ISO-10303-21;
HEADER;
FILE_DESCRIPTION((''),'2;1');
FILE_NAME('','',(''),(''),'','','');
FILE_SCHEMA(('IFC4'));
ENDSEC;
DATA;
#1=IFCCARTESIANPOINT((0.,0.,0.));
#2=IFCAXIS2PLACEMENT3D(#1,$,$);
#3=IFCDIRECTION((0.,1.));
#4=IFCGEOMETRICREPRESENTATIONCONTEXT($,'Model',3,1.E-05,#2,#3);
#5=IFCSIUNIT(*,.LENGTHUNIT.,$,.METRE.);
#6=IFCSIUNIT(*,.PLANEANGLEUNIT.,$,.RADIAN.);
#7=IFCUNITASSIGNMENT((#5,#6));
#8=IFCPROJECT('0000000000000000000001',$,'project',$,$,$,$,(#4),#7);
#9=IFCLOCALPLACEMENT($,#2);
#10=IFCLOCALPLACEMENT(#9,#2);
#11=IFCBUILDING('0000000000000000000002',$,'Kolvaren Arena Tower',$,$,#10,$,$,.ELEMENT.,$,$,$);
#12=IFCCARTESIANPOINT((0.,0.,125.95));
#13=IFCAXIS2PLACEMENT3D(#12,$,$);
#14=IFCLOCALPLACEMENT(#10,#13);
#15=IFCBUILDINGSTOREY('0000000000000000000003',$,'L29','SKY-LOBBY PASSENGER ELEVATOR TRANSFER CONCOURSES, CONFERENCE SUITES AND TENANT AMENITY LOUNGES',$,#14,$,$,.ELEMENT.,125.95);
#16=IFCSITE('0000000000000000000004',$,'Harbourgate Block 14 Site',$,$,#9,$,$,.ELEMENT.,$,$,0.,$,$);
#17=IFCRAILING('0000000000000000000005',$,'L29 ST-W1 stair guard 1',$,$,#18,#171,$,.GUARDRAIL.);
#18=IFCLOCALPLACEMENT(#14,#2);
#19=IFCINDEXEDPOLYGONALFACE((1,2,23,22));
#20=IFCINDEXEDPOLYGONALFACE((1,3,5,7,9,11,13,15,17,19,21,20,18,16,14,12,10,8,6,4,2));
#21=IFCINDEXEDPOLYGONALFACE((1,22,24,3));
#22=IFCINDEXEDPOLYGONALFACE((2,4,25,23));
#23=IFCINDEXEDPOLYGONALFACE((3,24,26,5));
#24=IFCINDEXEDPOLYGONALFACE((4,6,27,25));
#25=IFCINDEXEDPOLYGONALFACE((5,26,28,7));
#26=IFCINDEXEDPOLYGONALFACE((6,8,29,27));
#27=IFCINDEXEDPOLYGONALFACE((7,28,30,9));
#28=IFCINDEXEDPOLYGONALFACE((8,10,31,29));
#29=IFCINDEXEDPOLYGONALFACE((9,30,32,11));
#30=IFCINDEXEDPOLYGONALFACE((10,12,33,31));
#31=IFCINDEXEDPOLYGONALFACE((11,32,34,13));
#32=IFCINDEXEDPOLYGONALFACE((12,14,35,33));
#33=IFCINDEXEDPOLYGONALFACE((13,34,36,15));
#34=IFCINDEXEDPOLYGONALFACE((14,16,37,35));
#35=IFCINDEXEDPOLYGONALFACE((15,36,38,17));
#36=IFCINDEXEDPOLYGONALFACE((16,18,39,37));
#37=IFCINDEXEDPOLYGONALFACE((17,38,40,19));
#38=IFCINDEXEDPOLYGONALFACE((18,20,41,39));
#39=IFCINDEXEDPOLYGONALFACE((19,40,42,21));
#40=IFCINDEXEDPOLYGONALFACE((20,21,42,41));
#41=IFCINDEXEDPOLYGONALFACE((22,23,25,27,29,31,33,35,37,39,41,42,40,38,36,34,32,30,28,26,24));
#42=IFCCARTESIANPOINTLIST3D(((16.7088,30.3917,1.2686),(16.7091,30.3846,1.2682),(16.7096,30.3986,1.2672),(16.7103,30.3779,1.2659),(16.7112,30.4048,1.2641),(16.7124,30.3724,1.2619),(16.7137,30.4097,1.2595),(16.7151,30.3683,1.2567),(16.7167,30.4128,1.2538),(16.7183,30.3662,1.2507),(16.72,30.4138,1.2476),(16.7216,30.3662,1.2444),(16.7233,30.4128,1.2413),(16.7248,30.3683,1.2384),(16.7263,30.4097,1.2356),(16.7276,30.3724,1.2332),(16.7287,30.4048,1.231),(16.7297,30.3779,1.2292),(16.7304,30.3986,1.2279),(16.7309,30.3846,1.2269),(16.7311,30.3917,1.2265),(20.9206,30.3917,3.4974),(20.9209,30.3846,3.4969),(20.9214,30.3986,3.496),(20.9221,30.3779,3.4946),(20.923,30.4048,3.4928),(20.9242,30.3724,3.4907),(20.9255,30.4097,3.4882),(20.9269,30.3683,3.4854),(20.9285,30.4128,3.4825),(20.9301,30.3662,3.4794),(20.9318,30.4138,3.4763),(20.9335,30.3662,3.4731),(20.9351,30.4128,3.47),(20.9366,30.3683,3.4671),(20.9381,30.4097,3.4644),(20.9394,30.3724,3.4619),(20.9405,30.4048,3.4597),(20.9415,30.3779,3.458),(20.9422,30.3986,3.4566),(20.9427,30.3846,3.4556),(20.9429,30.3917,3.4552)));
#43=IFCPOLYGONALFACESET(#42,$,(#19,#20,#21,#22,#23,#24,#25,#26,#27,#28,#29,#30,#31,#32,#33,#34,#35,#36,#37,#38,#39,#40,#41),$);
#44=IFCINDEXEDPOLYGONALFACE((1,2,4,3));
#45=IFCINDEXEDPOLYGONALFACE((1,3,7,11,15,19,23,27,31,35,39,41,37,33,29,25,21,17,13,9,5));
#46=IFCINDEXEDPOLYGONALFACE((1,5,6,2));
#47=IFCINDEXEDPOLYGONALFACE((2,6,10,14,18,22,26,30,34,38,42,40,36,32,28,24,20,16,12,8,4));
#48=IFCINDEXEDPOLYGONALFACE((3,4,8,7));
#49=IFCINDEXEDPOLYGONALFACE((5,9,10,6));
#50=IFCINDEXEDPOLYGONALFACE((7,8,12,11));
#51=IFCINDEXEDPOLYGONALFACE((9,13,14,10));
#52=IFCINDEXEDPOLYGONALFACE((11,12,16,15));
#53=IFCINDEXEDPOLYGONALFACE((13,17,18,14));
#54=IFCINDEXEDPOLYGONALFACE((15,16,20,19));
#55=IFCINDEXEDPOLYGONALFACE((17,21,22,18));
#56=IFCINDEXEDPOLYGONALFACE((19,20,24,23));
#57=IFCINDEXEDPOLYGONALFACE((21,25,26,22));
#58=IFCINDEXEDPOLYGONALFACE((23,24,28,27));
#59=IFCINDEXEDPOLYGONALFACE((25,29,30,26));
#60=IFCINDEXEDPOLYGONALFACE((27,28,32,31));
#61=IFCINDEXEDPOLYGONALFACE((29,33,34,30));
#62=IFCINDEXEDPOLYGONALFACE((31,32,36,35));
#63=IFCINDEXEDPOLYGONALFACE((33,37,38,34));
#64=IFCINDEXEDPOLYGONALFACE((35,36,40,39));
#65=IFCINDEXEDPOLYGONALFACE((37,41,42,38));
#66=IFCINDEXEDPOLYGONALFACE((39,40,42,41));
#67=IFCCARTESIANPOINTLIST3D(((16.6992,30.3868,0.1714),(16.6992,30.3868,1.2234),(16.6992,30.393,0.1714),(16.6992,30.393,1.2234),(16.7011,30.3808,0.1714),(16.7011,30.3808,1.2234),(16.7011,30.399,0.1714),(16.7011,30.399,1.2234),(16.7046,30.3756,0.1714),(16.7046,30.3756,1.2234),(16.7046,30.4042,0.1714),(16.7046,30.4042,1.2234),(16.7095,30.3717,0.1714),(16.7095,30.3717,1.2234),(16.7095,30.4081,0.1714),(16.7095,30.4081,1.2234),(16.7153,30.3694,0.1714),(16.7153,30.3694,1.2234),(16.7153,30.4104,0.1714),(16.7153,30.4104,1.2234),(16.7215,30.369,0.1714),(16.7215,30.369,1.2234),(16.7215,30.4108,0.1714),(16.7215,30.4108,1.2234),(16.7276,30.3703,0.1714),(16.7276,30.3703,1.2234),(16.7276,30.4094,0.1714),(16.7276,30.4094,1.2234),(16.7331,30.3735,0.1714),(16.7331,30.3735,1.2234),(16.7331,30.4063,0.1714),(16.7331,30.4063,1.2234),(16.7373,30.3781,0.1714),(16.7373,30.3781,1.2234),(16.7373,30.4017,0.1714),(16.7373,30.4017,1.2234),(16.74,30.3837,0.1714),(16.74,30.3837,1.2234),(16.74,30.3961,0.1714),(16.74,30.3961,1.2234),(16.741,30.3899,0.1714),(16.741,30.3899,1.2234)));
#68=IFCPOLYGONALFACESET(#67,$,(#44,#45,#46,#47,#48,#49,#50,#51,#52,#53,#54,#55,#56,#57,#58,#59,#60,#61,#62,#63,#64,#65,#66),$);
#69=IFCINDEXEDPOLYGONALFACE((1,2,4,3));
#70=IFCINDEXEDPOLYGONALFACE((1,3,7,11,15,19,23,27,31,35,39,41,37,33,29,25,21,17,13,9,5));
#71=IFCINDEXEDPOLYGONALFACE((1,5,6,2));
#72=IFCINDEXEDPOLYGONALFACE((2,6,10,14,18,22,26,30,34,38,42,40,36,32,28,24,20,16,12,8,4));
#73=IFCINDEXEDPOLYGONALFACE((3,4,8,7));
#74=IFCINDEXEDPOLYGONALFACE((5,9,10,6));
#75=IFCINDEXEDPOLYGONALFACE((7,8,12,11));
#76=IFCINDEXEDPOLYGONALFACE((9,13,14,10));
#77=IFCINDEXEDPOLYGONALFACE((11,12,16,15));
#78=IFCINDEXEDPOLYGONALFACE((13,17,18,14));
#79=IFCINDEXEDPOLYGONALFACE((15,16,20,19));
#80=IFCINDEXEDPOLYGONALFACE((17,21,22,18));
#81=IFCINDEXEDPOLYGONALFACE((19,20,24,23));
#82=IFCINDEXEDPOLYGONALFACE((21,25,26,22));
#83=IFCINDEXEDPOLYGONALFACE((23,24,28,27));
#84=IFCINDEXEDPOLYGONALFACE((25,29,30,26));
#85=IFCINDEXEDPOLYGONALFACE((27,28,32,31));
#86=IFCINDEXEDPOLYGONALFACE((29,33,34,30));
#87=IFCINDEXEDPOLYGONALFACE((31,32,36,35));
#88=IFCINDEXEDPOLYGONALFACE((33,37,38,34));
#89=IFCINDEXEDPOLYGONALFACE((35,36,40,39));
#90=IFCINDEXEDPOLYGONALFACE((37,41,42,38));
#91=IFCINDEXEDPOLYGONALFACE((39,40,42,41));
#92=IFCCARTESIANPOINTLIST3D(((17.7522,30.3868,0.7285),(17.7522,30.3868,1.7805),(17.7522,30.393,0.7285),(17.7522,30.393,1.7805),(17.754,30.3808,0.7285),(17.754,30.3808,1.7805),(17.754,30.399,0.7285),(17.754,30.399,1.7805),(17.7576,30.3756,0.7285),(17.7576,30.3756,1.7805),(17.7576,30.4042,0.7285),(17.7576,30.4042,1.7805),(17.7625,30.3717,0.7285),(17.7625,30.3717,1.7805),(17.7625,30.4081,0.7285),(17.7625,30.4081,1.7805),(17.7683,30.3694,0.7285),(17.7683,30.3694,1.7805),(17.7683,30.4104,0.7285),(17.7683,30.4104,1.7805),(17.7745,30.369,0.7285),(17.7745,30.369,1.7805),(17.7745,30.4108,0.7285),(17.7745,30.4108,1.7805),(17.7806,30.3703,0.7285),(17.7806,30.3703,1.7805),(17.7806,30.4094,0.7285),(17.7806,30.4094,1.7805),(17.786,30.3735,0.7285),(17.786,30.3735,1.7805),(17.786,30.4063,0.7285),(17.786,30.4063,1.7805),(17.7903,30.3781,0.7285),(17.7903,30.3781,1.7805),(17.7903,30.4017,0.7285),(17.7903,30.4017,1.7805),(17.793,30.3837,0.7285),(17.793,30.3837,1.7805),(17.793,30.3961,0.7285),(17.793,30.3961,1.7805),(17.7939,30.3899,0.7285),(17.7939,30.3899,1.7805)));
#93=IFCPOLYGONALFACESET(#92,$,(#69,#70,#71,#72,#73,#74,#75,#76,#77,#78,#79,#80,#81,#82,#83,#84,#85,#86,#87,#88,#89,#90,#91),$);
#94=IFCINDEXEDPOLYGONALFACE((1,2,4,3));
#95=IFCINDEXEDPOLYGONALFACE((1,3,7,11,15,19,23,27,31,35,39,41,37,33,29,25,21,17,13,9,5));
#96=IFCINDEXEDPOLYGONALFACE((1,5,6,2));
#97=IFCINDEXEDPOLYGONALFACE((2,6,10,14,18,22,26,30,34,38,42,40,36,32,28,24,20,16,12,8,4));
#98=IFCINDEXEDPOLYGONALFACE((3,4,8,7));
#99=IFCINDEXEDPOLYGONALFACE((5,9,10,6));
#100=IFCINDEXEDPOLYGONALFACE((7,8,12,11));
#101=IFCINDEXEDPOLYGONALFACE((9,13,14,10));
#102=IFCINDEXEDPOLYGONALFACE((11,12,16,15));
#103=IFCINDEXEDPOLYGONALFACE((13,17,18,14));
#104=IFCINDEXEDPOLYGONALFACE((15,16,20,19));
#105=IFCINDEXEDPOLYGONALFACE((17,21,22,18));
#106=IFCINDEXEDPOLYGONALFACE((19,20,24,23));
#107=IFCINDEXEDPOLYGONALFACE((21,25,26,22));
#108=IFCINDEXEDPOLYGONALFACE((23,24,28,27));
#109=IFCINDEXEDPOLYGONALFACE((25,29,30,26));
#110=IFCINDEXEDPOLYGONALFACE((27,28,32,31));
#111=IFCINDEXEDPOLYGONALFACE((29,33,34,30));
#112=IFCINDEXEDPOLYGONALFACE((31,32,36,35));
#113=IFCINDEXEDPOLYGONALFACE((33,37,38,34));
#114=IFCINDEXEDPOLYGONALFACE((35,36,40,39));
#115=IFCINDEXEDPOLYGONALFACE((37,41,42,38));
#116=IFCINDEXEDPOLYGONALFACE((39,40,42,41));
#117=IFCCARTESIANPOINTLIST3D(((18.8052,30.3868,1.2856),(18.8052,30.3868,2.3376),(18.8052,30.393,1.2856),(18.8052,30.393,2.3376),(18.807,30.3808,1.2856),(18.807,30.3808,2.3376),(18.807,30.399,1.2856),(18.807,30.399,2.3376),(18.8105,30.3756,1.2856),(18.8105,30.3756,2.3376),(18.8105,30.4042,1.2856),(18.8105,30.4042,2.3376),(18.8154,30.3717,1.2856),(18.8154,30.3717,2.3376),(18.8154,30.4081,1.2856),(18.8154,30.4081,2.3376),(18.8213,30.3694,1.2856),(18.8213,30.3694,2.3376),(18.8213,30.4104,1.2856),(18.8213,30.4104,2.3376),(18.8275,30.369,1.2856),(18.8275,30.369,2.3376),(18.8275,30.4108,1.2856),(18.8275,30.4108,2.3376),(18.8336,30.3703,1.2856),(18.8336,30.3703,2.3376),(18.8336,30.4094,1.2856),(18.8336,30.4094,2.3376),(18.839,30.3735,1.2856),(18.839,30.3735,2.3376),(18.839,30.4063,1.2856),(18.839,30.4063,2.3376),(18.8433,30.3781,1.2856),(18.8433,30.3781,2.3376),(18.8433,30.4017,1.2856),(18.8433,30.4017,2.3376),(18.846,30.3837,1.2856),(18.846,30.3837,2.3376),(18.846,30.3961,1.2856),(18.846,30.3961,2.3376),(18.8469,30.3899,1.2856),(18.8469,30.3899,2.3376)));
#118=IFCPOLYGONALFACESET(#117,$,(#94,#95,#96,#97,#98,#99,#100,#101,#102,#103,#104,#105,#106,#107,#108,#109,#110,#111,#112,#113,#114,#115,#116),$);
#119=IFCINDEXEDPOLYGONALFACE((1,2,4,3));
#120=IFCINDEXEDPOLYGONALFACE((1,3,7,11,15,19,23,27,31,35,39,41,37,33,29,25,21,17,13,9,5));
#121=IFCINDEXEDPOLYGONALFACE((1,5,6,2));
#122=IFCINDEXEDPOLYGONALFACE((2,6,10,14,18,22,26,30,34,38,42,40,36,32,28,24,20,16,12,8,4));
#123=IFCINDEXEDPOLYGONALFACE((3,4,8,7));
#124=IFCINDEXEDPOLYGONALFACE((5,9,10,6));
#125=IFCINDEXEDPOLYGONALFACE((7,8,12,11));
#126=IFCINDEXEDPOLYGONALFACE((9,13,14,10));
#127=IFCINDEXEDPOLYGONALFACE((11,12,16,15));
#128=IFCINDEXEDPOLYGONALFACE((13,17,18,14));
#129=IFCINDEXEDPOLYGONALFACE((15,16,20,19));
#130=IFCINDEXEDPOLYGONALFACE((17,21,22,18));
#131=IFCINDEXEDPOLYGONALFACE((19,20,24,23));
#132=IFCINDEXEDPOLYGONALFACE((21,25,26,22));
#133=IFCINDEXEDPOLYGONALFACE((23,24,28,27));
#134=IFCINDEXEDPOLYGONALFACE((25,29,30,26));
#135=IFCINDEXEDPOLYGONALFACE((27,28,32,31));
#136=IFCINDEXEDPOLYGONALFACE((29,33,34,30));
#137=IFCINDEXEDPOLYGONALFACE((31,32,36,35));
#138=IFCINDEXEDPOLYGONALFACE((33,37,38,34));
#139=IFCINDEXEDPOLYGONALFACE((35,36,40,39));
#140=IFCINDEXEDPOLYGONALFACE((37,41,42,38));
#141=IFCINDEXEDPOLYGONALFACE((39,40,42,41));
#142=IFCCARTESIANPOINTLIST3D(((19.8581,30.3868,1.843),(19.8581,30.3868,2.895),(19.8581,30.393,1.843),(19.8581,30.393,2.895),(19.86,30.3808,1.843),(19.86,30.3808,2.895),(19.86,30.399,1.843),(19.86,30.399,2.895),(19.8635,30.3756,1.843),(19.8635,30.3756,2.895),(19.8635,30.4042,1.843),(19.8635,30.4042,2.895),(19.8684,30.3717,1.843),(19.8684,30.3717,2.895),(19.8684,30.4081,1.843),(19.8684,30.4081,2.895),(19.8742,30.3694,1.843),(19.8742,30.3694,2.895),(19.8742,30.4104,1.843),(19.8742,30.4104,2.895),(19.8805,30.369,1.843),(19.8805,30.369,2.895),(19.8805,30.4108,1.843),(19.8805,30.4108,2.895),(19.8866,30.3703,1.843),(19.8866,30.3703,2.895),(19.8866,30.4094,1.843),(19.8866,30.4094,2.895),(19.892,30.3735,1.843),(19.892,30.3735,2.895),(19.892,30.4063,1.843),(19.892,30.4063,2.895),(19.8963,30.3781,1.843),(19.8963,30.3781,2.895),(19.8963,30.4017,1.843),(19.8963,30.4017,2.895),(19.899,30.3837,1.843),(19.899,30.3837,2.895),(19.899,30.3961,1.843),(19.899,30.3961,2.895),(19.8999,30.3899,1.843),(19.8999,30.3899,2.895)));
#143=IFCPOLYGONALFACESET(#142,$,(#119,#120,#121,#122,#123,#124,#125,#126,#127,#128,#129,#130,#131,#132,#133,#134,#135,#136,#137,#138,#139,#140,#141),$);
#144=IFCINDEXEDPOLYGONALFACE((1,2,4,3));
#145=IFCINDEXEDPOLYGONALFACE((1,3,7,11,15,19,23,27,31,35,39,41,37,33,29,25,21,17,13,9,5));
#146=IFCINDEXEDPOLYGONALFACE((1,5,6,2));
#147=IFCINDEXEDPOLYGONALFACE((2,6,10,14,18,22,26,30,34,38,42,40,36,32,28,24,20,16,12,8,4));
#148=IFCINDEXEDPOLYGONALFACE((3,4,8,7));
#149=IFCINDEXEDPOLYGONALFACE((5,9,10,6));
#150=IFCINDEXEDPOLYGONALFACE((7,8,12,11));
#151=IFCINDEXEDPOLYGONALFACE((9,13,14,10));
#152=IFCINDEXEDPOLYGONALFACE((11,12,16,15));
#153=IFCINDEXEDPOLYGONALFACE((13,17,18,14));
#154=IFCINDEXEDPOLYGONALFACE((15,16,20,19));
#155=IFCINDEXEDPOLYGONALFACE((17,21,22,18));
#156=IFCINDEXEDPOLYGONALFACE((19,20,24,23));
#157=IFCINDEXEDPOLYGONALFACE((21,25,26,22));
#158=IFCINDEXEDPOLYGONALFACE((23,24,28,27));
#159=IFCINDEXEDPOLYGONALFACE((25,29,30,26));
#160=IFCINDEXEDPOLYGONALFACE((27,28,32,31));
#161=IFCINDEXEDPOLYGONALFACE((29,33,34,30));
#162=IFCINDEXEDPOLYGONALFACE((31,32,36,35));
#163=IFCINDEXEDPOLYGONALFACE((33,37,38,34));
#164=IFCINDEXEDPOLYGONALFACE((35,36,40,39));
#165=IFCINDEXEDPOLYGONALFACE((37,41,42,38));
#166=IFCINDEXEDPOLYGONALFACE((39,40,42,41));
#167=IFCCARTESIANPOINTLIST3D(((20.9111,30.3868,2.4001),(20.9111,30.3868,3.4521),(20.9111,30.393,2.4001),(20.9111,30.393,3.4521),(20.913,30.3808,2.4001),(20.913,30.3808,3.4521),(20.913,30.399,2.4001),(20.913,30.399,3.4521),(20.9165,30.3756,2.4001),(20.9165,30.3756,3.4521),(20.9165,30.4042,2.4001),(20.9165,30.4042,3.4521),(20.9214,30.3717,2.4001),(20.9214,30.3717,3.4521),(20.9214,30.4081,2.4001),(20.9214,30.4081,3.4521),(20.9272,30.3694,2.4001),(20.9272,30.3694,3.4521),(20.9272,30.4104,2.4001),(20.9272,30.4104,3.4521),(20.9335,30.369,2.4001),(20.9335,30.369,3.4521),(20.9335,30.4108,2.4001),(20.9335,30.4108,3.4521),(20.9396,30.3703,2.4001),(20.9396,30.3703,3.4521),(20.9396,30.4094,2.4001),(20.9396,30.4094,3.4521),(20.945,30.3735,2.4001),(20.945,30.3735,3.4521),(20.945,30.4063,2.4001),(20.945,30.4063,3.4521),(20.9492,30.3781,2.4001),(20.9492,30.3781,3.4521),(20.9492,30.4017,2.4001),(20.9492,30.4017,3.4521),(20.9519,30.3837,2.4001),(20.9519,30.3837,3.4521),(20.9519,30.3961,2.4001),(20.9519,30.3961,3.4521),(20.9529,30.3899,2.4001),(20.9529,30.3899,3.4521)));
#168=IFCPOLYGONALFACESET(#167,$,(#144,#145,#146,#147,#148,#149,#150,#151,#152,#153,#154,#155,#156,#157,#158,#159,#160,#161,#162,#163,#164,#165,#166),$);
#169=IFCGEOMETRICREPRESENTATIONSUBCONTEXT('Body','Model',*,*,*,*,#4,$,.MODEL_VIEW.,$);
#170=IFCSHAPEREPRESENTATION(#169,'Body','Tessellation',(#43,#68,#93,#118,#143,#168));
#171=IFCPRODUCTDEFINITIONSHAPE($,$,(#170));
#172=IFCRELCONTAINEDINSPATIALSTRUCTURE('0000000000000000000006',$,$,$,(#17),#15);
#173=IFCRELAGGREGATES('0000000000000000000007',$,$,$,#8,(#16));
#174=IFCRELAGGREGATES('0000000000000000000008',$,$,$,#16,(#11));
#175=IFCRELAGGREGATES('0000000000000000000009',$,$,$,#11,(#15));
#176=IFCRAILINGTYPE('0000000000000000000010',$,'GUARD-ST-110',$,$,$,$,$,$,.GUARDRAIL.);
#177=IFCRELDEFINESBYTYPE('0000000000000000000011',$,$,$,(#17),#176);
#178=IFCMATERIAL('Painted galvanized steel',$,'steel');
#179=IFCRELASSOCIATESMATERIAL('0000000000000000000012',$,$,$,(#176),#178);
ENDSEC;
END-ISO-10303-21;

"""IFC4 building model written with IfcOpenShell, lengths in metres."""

from ifc_helpers import new_model, si_unit, direction, frame, origin, origin_2d, place, context, subcontext, project, spatial, circle, extrude, material, type_object, element, save


model = new_model("IFC4")

# Units and contexts
model_context = context("Model", 3, precision=1e-05, world=origin(), true_north=direction((0.0, 1.0)))
body_context = subcontext(model_context, "Body", "Model", "MODEL_VIEW")
ifc_project = project(units=[si_unit("LENGTHUNIT", "METRE"), si_unit("PLANEANGLEUNIT", "RADIAN")], contexts=[model_context])

# Site, building, storey
site_placement = place(None, origin())
site = spatial("IfcSite", under=ifc_project, at=site_placement, Name="Harbourgate Block 14 Site", CompositionType="ELEMENT", RefElevation=0.0)
building_placement = place(site_placement, origin())
building = spatial("IfcBuilding", under=site, at=building_placement, Name="Kolvaren Arena Tower", CompositionType="ELEMENT")
storey_placement = place(building_placement, frame((0.0, 0.0, 125.95)))
storey = spatial("IfcBuildingStorey", under=building, at=storey_placement, Name="L29", Description="SKY-LOBBY PASSENGER ELEVATOR TRANSFER CONCOURSES, CONFERENCE SUITES AND TENANT AMENITY LOUNGES", CompositionType="ELEMENT", Elevation=125.95)

# Railing
ifc_material_1 = material(Name="Painted galvanized steel", Category="steel")
railing_type_1 = type_object("IfcRailingType", Name="GUARD-ST-110", PredefinedType="GUARDRAIL", material=ifc_material_1)
railing_1_placement = place(storey_placement, frame((16.72, 30.3899, 0.1714)))
element("IfcRailing", 1, at=railing_1_placement, inside=storey, type_object=railing_type_1, Name="L29 ST-W1 stair guard 1", PredefinedType="GUARDRAIL", context=body_context, shape_type="SweptSolid", body=[
    extrude(circle(Radius=0.0239, at=origin_2d()), frame((0.0, 0.0, 1.0762), z_axis=(0.883881, 0.0, 0.467711), x_axis=(0.0, 1.0, 0.0)), (0.0, 0.0, 1.0), 4.7651),
    extrude(circle(Radius=0.021, at=origin_2d()), origin(), (0.0, 0.0, 1.0), 1.052),
    extrude(circle(Radius=0.021, at=origin_2d()), frame((1.053, 0.0, 0.5571)), (0.0, 0.0, 1.0), 1.052),
    extrude(circle(Radius=0.021, at=origin_2d()), frame((2.106, 0.0, 1.1143)), (0.0, 0.0, 1.0), 1.052),
    extrude(circle(Radius=0.021, at=origin_2d()), frame((3.1589, 0.0, 1.6716)), (0.0, 0.0, 1.0), 1.052),
    extrude(circle(Radius=0.021, at=origin_2d()), frame((4.2119, 0.0, 2.2288)), (0.0, 0.0, 1.0), 1.052),
])

save(model, "model.ifc")
